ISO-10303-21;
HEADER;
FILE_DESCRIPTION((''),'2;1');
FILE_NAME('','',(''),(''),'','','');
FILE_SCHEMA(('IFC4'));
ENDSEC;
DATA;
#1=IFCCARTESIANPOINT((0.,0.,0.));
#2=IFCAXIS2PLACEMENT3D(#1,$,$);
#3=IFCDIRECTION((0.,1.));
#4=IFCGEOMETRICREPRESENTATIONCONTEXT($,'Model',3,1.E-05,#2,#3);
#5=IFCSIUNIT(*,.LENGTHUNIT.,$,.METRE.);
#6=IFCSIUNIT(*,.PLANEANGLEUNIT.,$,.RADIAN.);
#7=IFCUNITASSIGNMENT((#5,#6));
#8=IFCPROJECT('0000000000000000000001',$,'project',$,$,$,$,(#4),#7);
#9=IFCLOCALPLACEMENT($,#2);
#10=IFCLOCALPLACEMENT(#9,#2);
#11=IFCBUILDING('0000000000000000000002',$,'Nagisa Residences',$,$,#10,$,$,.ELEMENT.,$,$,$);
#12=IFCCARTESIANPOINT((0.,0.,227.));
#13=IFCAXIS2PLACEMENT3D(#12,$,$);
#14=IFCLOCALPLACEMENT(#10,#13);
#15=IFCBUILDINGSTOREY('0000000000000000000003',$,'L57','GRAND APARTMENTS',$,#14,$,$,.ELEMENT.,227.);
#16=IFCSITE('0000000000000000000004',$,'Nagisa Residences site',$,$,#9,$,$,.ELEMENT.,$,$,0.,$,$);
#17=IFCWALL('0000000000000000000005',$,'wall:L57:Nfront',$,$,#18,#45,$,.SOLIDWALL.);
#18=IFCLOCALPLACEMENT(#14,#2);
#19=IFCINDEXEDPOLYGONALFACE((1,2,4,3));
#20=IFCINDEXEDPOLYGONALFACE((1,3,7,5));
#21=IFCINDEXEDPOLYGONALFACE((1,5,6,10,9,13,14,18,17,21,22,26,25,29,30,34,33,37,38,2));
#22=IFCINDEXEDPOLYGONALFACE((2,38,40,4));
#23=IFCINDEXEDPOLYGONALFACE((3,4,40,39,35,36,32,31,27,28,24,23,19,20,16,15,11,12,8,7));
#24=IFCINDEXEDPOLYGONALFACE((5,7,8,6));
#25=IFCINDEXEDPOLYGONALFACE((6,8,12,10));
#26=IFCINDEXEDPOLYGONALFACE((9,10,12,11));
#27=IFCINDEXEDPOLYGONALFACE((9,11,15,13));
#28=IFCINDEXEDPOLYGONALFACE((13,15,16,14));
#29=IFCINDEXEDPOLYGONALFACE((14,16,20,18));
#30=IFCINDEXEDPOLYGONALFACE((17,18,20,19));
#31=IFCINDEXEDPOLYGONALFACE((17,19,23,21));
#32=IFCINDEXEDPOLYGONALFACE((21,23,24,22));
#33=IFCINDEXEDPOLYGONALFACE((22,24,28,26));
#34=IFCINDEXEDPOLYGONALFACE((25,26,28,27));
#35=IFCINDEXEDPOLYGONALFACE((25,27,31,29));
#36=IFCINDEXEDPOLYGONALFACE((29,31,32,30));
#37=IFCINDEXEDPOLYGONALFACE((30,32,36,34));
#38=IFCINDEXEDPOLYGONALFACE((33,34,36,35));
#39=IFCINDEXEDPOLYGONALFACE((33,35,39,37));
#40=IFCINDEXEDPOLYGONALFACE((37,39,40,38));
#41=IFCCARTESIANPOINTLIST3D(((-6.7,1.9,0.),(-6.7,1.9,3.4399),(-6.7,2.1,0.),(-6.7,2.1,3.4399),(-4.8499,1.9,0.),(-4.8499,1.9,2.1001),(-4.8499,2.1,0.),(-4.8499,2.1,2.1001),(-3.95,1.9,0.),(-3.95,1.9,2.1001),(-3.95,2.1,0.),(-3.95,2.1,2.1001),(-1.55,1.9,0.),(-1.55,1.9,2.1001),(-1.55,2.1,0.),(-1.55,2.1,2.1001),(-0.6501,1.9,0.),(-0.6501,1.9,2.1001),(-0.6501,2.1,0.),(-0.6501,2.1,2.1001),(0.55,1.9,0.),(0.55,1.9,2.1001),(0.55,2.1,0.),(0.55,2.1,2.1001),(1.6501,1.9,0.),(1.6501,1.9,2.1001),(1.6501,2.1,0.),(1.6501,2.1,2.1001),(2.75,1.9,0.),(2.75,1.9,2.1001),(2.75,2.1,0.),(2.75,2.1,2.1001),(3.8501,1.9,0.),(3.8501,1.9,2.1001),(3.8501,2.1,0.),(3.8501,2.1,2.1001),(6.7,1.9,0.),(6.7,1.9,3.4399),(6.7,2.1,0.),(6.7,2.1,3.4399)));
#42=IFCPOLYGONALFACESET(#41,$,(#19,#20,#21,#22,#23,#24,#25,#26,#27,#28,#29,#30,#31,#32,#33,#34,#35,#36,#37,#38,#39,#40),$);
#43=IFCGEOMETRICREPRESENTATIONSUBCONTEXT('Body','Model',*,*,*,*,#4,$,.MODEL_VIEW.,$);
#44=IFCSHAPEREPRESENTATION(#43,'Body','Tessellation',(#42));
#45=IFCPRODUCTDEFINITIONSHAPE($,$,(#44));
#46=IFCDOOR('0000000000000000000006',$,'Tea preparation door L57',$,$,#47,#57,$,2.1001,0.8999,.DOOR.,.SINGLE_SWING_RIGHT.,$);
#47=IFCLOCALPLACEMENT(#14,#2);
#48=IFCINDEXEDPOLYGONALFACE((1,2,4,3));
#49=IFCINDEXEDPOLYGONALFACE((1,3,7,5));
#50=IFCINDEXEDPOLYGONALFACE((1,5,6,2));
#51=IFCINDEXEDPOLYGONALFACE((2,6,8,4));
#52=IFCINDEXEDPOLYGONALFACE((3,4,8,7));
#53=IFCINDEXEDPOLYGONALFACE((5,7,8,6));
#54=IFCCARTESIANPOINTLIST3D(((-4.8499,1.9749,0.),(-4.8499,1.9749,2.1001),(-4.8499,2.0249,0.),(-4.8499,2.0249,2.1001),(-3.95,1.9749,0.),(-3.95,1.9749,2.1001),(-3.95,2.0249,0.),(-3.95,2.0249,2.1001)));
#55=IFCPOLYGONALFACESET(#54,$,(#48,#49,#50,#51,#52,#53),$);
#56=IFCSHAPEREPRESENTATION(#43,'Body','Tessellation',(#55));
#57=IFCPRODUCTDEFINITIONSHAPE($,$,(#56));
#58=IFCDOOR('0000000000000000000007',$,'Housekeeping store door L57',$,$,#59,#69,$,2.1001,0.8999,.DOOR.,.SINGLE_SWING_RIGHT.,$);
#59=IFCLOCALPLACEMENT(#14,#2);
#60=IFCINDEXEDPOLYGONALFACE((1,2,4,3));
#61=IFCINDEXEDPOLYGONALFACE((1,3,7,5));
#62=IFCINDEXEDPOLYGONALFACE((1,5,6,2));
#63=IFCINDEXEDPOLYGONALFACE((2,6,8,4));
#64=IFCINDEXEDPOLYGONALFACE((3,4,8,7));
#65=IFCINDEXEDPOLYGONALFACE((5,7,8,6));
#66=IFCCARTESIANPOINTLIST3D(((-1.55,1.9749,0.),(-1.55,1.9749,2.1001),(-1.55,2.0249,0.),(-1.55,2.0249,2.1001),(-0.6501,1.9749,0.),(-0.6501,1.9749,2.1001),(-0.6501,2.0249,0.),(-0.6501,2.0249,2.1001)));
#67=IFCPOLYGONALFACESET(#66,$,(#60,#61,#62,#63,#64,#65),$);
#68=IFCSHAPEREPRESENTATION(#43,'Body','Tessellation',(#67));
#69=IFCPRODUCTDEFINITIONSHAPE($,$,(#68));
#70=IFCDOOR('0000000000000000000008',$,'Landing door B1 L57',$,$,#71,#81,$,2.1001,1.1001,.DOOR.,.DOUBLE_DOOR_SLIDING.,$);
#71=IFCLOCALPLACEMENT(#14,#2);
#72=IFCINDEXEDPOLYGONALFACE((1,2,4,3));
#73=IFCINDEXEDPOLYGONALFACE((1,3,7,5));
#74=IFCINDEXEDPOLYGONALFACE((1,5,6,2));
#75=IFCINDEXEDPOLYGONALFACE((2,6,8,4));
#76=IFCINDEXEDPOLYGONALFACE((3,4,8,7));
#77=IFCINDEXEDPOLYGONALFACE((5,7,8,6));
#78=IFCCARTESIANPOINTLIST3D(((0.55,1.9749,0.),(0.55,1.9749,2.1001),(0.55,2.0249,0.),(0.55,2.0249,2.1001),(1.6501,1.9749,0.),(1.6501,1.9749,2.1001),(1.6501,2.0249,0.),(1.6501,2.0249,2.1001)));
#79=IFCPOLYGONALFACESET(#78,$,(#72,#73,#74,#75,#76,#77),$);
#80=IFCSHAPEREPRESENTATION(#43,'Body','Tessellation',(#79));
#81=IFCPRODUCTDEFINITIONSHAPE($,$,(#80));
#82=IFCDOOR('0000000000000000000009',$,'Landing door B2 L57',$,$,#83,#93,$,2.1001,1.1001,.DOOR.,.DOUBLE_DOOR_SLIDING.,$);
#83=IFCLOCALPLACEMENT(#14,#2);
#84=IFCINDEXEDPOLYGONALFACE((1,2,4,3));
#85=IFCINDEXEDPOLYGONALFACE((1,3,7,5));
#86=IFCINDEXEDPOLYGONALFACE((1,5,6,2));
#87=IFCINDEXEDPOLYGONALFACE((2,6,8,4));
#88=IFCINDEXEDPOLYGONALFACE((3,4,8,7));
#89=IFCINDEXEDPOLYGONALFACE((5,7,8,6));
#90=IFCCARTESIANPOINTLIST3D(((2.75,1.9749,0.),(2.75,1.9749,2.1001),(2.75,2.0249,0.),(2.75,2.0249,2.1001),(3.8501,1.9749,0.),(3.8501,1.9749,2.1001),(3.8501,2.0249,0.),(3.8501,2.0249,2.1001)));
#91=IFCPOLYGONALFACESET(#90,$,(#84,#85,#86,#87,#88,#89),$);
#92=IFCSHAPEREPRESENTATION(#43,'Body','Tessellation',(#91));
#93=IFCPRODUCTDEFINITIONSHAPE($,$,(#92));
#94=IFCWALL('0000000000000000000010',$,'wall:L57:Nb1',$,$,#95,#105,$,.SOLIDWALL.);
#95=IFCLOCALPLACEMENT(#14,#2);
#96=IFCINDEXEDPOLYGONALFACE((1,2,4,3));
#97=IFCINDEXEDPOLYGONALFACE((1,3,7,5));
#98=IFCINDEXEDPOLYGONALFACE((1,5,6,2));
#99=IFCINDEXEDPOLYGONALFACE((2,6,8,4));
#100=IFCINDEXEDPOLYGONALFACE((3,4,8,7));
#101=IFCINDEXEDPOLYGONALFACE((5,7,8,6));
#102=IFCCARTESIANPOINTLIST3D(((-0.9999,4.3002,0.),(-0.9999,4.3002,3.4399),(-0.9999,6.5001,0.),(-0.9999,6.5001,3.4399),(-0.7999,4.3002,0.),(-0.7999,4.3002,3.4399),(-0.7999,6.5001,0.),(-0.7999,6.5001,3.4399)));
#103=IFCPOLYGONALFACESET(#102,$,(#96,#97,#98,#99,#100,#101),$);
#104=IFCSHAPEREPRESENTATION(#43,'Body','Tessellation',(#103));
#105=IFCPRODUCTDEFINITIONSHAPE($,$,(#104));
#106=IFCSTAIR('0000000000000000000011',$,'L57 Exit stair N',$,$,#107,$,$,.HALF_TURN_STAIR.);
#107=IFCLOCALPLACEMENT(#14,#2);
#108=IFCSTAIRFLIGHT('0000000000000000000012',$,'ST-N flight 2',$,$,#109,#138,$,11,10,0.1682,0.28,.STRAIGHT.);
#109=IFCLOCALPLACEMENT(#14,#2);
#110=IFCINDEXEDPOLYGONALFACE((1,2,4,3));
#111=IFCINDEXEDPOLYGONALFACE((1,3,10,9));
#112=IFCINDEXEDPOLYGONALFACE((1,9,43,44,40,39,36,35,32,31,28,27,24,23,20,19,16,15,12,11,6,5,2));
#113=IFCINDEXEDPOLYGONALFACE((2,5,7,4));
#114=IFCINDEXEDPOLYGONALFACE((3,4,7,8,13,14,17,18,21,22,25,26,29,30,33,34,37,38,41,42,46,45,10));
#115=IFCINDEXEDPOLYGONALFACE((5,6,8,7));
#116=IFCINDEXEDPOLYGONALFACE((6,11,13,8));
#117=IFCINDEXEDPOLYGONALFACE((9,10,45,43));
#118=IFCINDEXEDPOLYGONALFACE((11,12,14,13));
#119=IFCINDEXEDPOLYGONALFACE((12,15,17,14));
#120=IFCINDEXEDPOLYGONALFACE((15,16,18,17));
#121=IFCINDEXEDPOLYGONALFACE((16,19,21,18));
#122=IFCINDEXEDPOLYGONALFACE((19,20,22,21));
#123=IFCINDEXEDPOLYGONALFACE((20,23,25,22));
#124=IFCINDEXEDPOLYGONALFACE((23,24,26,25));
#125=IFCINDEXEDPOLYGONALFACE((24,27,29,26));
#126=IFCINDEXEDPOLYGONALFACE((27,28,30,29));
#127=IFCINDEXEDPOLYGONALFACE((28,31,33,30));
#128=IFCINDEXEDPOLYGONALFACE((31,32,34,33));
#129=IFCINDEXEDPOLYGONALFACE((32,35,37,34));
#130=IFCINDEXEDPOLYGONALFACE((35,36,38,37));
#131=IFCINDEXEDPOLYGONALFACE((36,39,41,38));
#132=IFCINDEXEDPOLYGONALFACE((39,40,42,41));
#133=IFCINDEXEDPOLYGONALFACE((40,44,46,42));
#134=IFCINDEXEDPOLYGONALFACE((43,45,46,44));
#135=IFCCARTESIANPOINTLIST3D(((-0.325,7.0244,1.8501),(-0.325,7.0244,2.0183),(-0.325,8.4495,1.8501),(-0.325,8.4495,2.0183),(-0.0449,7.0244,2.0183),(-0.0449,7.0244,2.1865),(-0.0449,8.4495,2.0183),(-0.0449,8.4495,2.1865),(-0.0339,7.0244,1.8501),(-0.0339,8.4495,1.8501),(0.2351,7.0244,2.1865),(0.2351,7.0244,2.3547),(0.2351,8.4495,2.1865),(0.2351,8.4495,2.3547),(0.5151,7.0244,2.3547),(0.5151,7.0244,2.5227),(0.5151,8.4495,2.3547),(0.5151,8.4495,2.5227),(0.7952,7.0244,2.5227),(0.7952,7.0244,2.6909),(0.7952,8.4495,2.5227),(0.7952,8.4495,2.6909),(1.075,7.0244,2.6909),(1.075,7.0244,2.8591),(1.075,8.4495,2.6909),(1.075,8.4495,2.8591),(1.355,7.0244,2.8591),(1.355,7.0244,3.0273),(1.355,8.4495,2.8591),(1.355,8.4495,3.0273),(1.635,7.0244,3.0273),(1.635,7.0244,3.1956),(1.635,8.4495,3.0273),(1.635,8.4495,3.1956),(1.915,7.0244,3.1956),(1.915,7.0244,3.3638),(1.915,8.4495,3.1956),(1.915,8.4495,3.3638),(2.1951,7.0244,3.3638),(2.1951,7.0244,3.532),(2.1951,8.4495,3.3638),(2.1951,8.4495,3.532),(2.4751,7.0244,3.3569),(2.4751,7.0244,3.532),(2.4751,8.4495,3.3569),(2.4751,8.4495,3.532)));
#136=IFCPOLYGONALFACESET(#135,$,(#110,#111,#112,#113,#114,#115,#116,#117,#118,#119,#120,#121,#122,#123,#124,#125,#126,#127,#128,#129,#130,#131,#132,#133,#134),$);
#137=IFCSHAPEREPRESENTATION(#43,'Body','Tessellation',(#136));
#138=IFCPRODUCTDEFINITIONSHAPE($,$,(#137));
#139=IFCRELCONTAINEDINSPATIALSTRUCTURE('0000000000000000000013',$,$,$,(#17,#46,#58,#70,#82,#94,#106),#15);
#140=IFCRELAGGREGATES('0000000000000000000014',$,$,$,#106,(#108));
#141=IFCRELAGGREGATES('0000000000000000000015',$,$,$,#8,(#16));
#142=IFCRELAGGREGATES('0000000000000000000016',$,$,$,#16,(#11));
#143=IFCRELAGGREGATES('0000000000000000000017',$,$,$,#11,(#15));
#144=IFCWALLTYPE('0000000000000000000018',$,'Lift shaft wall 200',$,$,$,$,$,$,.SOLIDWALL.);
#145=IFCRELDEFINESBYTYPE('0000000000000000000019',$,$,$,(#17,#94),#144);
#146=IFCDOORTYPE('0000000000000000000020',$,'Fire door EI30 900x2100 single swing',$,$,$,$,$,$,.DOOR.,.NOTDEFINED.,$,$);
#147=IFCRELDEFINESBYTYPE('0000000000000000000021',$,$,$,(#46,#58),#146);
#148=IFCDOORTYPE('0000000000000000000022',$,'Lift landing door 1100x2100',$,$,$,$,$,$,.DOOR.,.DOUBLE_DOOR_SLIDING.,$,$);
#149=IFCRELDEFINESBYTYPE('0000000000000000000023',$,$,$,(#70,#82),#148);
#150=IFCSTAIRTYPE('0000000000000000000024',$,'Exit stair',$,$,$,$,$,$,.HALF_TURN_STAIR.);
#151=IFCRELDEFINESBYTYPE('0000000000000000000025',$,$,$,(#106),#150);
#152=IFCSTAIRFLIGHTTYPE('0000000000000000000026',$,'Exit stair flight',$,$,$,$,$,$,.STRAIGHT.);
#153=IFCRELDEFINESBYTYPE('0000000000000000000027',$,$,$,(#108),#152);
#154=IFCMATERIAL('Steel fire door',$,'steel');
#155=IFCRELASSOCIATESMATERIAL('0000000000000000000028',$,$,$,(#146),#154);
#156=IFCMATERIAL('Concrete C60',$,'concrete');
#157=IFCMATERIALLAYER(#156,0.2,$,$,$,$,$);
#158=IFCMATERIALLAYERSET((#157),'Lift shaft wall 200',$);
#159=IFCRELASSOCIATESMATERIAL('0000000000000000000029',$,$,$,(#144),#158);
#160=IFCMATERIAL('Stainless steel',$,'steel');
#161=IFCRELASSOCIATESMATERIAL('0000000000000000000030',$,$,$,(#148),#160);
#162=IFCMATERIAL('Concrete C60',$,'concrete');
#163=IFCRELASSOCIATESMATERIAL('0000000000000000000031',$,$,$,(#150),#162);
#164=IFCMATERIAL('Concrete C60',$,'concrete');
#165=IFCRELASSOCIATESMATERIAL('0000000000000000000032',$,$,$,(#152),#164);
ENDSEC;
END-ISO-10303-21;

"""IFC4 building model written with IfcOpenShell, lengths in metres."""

from ifc_helpers import new_model, si_unit, direction, frame, frame_2d, origin, place, context, subcontext, project, spatial, polyline, rectangle, outline, extrude, material, layer, layer_set, type_object, element, fill, aggregate, save


model = new_model("IFC4")

# Units and contexts
model_context = context("Model", 3, precision=1e-05, world=origin(), true_north=direction((0.0, 1.0)))
body_context = subcontext(model_context, "Body", "Model", "MODEL_VIEW")
ifc_project = project(units=[si_unit("LENGTHUNIT", "METRE"), si_unit("PLANEANGLEUNIT", "RADIAN")], contexts=[model_context])

# Site, building, storey
site_placement = place(None, origin())
site = spatial("IfcSite", under=ifc_project, at=site_placement, Name="Nagisa Residences site", CompositionType="ELEMENT", RefElevation=0.0)
building_placement = place(site_placement, origin())
building = spatial("IfcBuilding", under=site, at=building_placement, Name="Nagisa Residences", CompositionType="ELEMENT")
storey_placement = place(building_placement, frame((0.0, 0.0, 227.0)))
storey = spatial("IfcBuildingStorey", under=building, at=storey_placement, Name="L57", Description="GRAND APARTMENTS", CompositionType="ELEMENT", Elevation=227.0)

# Shared definitions
ifc_material_1 = material(Name="Steel fire door", Category="steel")
door_type_1 = type_object("IfcDoorType", Name="Fire door EI30 900x2100 single swing", OperationType="NOTDEFINED", PredefinedType="DOOR", material=ifc_material_1)

# Shared definitions
ifc_material_2 = material(Name="Concrete C60", Category="concrete")
ifc_layer_1 = layer(ifc_material_2, 0.2)
ifc_layer_set_1 = layer_set([ifc_layer_1], Name="Lift shaft wall 200")
wall_type_1 = type_object("IfcWallType", Name="Lift shaft wall 200", PredefinedType="SOLIDWALL", material=ifc_layer_set_1)
ifc_material_3 = material(Name="Stainless steel", Category="steel")
door_type_2 = type_object("IfcDoorType", Name="Lift landing door 1100x2100", OperationType="DOUBLE_DOOR_SLIDING", PredefinedType="DOOR", material=ifc_material_3)

# Wall, openings, doors
wall_1_placement = place(storey_placement, frame((-6.7, 2.0, 0.0), z_axis=(0.0, 0.0, 1.0), x_axis=(1.0, 0.0, 0.0)))
wall_1 = element("IfcWall", 1, at=wall_1_placement, inside=storey, type_object=wall_type_1, Name="wall:L57:Nfront", PredefinedType="SOLIDWALL", context=body_context, shape_type="SweptSolid", body=[
    extrude(rectangle(XDim=13.3999, YDim=0.2, at=frame_2d((6.7, 0.0))), origin(), (0.0, 0.0, 1.0), 3.4399),
])
opening_1_placement = place(wall_1_placement, frame((7.25, 0.0, 0.0)))
opening_1 = element("IfcOpeningElement", 2, at=opening_1_placement, cuts=wall_1, PredefinedType="OPENING", context=body_context, shape_type="SweptSolid", body=[
    extrude(rectangle(XDim=1.1001, YDim=2.1001, at=frame_2d((0.55, 1.05))), frame((0.0, 0.1099, 0.0), z_axis=(0.0, -1.0, 0.0), x_axis=(1.0, 0.0, 0.0)), (0.0, 0.0, 1.0), 0.22),
])
opening_2_placement = place(wall_1_placement, frame((9.45, 0.0, 0.0)))
opening_2 = element("IfcOpeningElement", 3, at=opening_2_placement, cuts=wall_1, PredefinedType="OPENING", context=body_context, shape_type="SweptSolid", body=[
    extrude(rectangle(XDim=1.1001, YDim=2.1001, at=frame_2d((0.55, 1.05))), frame((0.0, 0.1099, 0.0), z_axis=(0.0, -1.0, 0.0), x_axis=(1.0, 0.0, 0.0)), (0.0, 0.0, 1.0), 0.22),
])
opening_3_placement = place(wall_1_placement, frame((1.8501, 0.0, 0.0)))
opening_3 = element("IfcOpeningElement", 4, at=opening_3_placement, cuts=wall_1, PredefinedType="OPENING", context=body_context, shape_type="SweptSolid", body=[
    extrude(rectangle(XDim=0.8999, YDim=2.1001, at=frame_2d((0.45, 1.05))), frame((0.0, 0.1099, 0.0), z_axis=(0.0, -1.0, 0.0), x_axis=(1.0, 0.0, 0.0)), (0.0, 0.0, 1.0), 0.22),
])
opening_4_placement = place(wall_1_placement, frame((5.1499, 0.0, 0.0)))
opening_4 = element("IfcOpeningElement", 5, at=opening_4_placement, cuts=wall_1, PredefinedType="OPENING", context=body_context, shape_type="SweptSolid", body=[
    extrude(rectangle(XDim=0.8999, YDim=2.1001, at=frame_2d((0.45, 1.05))), frame((0.0, 0.1099, 0.0), z_axis=(0.0, -1.0, 0.0), x_axis=(1.0, 0.0, 0.0)), (0.0, 0.0, 1.0), 0.22),
])
door_1_placement = place(opening_3_placement, origin())
door_1 = element("IfcDoor", 6, at=door_1_placement, inside=storey, type_object=door_type_1, Name="Tea preparation door L57", OperationType="SINGLE_SWING_RIGHT", OverallHeight=2.1001, OverallWidth=0.8999, PredefinedType="DOOR", context=body_context, shape_type="SweptSolid", body=[
    extrude(rectangle(XDim=0.8999, YDim=2.1001, at=frame_2d((0.45, 1.05))), frame((0.0, 0.0249, 0.0), z_axis=(0.0, -1.0, 0.0), x_axis=(1.0, 0.0, 0.0)), (0.0, 0.0, 1.0), 0.05),
])
fill(opening_3, door_1)
door_2_placement = place(opening_4_placement, origin())
door_2 = element("IfcDoor", 7, at=door_2_placement, inside=storey, type_object=door_type_1, Name="Housekeeping store door L57", OperationType="SINGLE_SWING_RIGHT", OverallHeight=2.1001, OverallWidth=0.8999, PredefinedType="DOOR", context=body_context, shape_type="SweptSolid", body=[
    extrude(rectangle(XDim=0.8999, YDim=2.1001, at=frame_2d((0.45, 1.05))), frame((0.0, 0.0249, 0.0), z_axis=(0.0, -1.0, 0.0), x_axis=(1.0, 0.0, 0.0)), (0.0, 0.0, 1.0), 0.05),
])
fill(opening_4, door_2)
door_3_placement = place(opening_1_placement, origin())
door_3 = element("IfcDoor", 8, at=door_3_placement, inside=storey, type_object=door_type_2, Name="Landing door B1 L57", OperationType="DOUBLE_DOOR_SLIDING", OverallHeight=2.1001, OverallWidth=1.1001, PredefinedType="DOOR", context=body_context, shape_type="SweptSolid", body=[
    extrude(rectangle(XDim=1.1001, YDim=2.1001, at=frame_2d((0.55, 1.05))), frame((0.0, 0.0249, 0.0), z_axis=(0.0, -1.0, 0.0), x_axis=(1.0, 0.0, 0.0)), (0.0, 0.0, 1.0), 0.05),
])
fill(opening_1, door_3)
door_4_placement = place(opening_2_placement, origin())
door_4 = element("IfcDoor", 9, at=door_4_placement, inside=storey, type_object=door_type_2, Name="Landing door B2 L57", OperationType="DOUBLE_DOOR_SLIDING", OverallHeight=2.1001, OverallWidth=1.1001, PredefinedType="DOOR", context=body_context, shape_type="SweptSolid", body=[
    extrude(rectangle(XDim=1.1001, YDim=2.1001, at=frame_2d((0.55, 1.05))), frame((0.0, 0.0249, 0.0), z_axis=(0.0, -1.0, 0.0), x_axis=(1.0, 0.0, 0.0)), (0.0, 0.0, 1.0), 0.05),
])
fill(opening_2, door_4)

# Wall
wall_2_placement = place(storey_placement, frame((-0.8999, 4.3, 0.0), z_axis=(0.0, 0.0, 1.0), x_axis=(0.0, 1.0, 0.0)))
element("IfcWall", 10, at=wall_2_placement, inside=storey, type_object=wall_type_1, Name="wall:L57:Nb1", PredefinedType="SOLIDWALL", context=body_context, shape_type="SweptSolid", body=[
    extrude(rectangle(XDim=2.2, YDim=0.2, at=frame_2d((1.1001, 0.0))), origin(), (0.0, 0.0, 1.0), 3.4399),
])

# Stair, stair flight
ifc_material_4 = material(Name="Concrete C60", Category="concrete")
stair_type = type_object("IfcStairType", Name="Exit stair", PredefinedType="HALF_TURN_STAIR", material=ifc_material_4)
stair_placement = place(storey_placement, origin())
stair = element("IfcStair", 11, at=stair_placement, inside=storey, type_object=stair_type, Name="L57 Exit stair N", PredefinedType="HALF_TURN_STAIR")
ifc_material_5 = material(Name="Concrete C60", Category="concrete")
stair_flight_type = type_object("IfcStairFlightType", Name="Exit stair flight", PredefinedType="STRAIGHT", material=ifc_material_5)
stair_flight_placement = place(storey_placement, frame((-0.325, 7.7371, 1.8501), z_axis=(0.0, 0.0, 1.0), x_axis=(1.0, 0.0, 0.0)))
stair_flight = element("IfcStairFlight", 12, at=stair_flight_placement, type_object=stair_flight_type, Name="ST-N flight 2", NumberOfRisers=11, NumberOfTreads=10, PredefinedType="STRAIGHT", RiserHeight=0.1682, TreadLength=0.28, context=body_context, shape_type="SweptSolid", body=[
    extrude(outline(polyline([(0.0, 0.0), (0.0, 0.1682), (0.28, 0.1682), (0.28, 0.3364), (0.5601, 0.3364), (0.5601, 0.5046), (0.8401, 0.5046), (0.8401, 0.6726), (1.1201, 0.6726), (1.1201, 0.8408), (1.3999, 0.8408), (1.3999, 1.009), (1.6799, 1.009), (1.6799, 1.1772), (1.96, 1.1772), (1.96, 1.3455), (2.24, 1.3455), (2.24, 1.5137), (2.52, 1.5137), (2.52, 1.6819), (2.8, 1.6819), (2.8, 1.8501), (2.8, 1.5068), (0.291, 0.0), (0.0, 0.0)])), frame((0.0, 0.7124, 0.0), z_axis=(0.0, -1.0, 0.0), x_axis=(1.0, 0.0, 0.0)), (0.0, 0.0, 1.0), 1.425),
])
aggregate(stair, [stair_flight])

save(model, "model.ifc")
